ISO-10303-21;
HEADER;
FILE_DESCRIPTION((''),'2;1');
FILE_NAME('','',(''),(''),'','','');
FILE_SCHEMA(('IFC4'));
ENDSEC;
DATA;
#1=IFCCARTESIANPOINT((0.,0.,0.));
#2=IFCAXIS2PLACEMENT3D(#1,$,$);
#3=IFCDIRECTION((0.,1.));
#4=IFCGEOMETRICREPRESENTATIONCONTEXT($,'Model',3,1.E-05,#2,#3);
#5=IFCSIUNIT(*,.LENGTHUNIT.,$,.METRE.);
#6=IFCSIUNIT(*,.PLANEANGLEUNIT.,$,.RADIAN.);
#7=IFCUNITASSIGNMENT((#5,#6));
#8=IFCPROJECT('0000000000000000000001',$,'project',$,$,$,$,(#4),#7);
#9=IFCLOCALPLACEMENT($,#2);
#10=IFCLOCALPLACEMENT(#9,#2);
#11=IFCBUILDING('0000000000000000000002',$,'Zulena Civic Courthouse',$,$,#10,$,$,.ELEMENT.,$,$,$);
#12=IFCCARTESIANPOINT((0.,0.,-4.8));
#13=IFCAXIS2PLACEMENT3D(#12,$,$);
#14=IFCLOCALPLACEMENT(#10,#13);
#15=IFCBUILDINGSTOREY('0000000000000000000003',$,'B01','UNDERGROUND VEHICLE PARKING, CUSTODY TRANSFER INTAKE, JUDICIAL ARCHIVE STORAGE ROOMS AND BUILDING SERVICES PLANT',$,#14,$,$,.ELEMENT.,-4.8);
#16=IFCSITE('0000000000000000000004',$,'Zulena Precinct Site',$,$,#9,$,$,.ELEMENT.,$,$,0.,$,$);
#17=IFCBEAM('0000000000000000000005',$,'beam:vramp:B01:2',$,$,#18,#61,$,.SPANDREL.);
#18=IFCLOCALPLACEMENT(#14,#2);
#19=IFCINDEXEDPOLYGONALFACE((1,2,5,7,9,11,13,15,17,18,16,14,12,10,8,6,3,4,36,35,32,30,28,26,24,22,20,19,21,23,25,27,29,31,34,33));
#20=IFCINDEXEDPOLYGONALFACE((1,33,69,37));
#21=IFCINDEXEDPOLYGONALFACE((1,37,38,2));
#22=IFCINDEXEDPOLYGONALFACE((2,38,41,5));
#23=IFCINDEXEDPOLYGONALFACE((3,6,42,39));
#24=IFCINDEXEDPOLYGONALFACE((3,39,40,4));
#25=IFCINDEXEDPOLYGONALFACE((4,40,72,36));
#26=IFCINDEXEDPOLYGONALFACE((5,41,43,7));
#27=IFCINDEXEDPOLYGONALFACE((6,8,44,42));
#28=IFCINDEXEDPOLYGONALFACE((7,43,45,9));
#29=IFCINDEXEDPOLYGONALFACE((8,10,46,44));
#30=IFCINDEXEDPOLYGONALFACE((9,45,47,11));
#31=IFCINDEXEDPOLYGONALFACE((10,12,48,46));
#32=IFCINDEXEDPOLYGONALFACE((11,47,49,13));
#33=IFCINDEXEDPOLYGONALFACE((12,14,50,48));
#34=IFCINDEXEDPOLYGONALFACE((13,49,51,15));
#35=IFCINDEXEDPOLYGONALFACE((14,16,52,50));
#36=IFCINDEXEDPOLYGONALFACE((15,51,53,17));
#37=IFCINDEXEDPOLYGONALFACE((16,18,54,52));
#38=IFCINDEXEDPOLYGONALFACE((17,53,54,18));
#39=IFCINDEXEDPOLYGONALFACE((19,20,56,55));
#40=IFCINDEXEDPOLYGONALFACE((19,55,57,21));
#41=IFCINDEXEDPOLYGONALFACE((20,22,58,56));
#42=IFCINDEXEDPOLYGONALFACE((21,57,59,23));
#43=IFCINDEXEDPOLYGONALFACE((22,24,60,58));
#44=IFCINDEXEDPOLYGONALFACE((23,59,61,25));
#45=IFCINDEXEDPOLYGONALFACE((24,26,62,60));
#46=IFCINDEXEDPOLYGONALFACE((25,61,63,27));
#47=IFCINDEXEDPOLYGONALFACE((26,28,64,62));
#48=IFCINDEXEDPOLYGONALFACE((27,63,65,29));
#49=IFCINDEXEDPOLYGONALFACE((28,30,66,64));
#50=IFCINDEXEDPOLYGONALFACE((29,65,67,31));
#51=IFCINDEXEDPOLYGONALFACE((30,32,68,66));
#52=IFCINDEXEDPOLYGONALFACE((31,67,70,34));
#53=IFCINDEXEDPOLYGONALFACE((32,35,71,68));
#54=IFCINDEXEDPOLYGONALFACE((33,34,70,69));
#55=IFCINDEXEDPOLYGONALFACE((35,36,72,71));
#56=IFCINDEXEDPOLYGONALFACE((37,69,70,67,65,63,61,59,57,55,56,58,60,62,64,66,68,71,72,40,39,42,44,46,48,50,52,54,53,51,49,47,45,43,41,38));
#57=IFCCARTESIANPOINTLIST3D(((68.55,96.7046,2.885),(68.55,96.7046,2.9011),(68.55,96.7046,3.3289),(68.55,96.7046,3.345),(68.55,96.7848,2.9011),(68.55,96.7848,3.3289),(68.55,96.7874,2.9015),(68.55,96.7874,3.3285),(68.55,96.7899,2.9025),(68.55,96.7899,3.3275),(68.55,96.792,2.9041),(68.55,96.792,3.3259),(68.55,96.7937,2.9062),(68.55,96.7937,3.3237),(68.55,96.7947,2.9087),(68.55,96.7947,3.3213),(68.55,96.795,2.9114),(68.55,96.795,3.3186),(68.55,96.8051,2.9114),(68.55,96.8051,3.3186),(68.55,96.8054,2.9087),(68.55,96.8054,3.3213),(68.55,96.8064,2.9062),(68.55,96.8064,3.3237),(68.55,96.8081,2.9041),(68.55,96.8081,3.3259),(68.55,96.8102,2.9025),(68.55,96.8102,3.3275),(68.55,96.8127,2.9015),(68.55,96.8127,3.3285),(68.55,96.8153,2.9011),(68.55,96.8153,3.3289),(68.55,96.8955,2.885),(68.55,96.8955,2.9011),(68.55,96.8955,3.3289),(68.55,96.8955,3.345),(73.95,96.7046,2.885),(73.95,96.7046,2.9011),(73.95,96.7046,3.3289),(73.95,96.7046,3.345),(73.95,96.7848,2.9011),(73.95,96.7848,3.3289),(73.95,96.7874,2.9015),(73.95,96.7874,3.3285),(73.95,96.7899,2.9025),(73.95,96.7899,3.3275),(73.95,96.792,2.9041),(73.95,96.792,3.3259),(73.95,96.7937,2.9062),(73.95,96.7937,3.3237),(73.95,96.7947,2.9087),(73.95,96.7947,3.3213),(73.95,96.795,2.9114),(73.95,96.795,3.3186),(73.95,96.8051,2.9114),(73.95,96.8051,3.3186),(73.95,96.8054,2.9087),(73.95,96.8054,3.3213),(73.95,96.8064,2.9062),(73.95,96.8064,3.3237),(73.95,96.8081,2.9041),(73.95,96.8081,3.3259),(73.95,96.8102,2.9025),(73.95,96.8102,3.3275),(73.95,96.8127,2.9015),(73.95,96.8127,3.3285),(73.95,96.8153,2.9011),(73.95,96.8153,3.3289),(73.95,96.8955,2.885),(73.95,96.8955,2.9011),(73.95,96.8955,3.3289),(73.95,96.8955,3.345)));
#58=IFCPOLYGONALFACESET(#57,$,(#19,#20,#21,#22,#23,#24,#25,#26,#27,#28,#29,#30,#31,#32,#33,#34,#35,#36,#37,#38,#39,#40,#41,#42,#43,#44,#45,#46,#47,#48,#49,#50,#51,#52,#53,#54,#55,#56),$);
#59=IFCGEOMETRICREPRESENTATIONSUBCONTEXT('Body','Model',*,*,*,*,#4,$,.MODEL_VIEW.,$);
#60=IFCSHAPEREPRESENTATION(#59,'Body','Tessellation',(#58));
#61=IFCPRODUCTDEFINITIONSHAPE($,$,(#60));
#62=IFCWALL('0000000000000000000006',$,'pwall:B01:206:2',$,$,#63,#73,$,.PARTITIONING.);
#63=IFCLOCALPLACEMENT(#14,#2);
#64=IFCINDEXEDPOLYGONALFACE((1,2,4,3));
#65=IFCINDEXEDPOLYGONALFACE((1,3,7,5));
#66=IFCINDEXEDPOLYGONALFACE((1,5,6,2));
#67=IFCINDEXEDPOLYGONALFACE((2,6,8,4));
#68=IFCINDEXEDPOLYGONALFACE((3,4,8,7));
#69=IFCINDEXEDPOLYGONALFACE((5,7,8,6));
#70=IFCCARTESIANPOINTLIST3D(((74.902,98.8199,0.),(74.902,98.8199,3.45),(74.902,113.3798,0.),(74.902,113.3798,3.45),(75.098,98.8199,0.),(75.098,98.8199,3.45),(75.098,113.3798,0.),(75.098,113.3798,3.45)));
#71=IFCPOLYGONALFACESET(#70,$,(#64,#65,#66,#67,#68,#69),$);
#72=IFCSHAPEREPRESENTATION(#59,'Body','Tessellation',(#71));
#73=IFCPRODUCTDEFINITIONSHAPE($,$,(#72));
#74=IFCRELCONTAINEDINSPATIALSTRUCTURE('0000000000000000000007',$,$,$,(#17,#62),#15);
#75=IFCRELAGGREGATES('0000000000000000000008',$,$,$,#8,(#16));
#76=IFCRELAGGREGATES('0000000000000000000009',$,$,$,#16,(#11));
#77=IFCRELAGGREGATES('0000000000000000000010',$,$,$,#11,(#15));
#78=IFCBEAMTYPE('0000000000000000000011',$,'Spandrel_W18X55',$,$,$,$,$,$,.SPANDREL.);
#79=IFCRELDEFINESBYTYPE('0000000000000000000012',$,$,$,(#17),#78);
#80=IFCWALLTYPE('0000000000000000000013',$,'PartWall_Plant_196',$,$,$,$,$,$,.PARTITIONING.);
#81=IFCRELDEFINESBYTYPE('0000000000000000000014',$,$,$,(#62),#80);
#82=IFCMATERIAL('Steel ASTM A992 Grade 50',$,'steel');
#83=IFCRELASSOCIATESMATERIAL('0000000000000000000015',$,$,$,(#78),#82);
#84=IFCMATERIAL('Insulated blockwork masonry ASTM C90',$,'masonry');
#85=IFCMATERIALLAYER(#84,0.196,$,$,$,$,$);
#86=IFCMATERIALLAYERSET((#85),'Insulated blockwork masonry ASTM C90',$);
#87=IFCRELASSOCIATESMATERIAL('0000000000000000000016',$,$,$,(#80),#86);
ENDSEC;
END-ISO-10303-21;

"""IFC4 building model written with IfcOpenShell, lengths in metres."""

from ifc_helpers import new_model, si_unit, direction, frame, frame_2d, origin, origin_2d, place, context, subcontext, project, spatial, rectangle, i_section, extrude, material, layer, layer_set, material_profile, profile_set, type_object, element, save


model = new_model("IFC4")

# Units and contexts
model_context = context("Model", 3, precision=1e-05, world=origin(), true_north=direction((0.0, 1.0)))
body_context = subcontext(model_context, "Body", "Model", "MODEL_VIEW")
ifc_project = project(units=[si_unit("LENGTHUNIT", "METRE"), si_unit("PLANEANGLEUNIT", "RADIAN")], contexts=[model_context])

# Site, building, storey
site_placement = place(None, origin())
site = spatial("IfcSite", under=ifc_project, at=site_placement, Name="Zulena Precinct Site", CompositionType="ELEMENT", RefElevation=0.0)
building_placement = place(site_placement, origin())
building = spatial("IfcBuilding", under=site, at=building_placement, Name="Zulena Civic Courthouse", CompositionType="ELEMENT")
storey_placement = place(building_placement, frame((0.0, 0.0, -4.8)))
storey = spatial("IfcBuildingStorey", under=building, at=storey_placement, Name="B01", Description="UNDERGROUND VEHICLE PARKING, CUSTODY TRANSFER INTAKE, JUDICIAL ARCHIVE STORAGE ROOMS AND BUILDING SERVICES PLANT", CompositionType="ELEMENT", Elevation=-4.8)

# Shared definitions
ifc_material_1 = material(Name="Steel ASTM A992 Grade 50", Category="steel")

# Beam
ifc_material_profile_1 = material_profile(ifc_material_1, i_section(OverallWidth=0.1909, OverallDepth=0.46, WebThickness=0.01, FlangeThickness=0.0161, FilletRadius=0.0103, at=origin_2d()), Name="W18X55")
ifc_profile_set_1 = profile_set([ifc_material_profile_1], Name="Steel ASTM A992 Grade 50")
beam_type = type_object("IfcBeamType", Name="Spandrel_W18X55", PredefinedType="SPANDREL", material=ifc_profile_set_1)
for number, where, z_axis, x_axis, name in (
    (1, (68.55, 96.8, 3.115), (1.0, 0.0, 0.0), (0.0, 1.0, 0.0), "beam:vramp:B01:2"),
):
    element("IfcBeam", number, at=place(storey_placement, frame(where, z_axis=z_axis, x_axis=x_axis)), inside=storey, type_object=beam_type, Name=name, PredefinedType="SPANDREL", context=body_context, shape_type="SweptSolid", body=[
        extrude(i_section(OverallWidth=0.1909, OverallDepth=0.46, WebThickness=0.01, FlangeThickness=0.0161, FilletRadius=0.0103, at=origin_2d()), origin(), (0.0, 0.0, 1.0), 5.3999),
    ])

# Wall
ifc_material_2 = material(Name="Insulated blockwork masonry ASTM C90", Category="masonry")
ifc_layer = layer(ifc_material_2, 0.196)
ifc_layer_set = layer_set([ifc_layer], Name="Insulated blockwork masonry ASTM C90")
wall_type = type_object("IfcWallType", Name="PartWall_Plant_196", PredefinedType="PARTITIONING", material=ifc_layer_set)
wall_placement = place(storey_placement, frame((75.0, 98.8201, 0.0), z_axis=(0.0, 0.0, 1.0), x_axis=(0.0, 1.0, 0.0)))
element("IfcWall", 2, at=wall_placement, inside=storey, type_object=wall_type, Name="pwall:B01:206:2", PredefinedType="PARTITIONING", context=body_context, shape_type="SweptSolid", body=[
    extrude(rectangle(XDim=14.5598, YDim=0.196, at=frame_2d((7.2798, 0.0))), origin(), (0.0, 0.0, 1.0), 3.45),
])

save(model, "model.ifc")
